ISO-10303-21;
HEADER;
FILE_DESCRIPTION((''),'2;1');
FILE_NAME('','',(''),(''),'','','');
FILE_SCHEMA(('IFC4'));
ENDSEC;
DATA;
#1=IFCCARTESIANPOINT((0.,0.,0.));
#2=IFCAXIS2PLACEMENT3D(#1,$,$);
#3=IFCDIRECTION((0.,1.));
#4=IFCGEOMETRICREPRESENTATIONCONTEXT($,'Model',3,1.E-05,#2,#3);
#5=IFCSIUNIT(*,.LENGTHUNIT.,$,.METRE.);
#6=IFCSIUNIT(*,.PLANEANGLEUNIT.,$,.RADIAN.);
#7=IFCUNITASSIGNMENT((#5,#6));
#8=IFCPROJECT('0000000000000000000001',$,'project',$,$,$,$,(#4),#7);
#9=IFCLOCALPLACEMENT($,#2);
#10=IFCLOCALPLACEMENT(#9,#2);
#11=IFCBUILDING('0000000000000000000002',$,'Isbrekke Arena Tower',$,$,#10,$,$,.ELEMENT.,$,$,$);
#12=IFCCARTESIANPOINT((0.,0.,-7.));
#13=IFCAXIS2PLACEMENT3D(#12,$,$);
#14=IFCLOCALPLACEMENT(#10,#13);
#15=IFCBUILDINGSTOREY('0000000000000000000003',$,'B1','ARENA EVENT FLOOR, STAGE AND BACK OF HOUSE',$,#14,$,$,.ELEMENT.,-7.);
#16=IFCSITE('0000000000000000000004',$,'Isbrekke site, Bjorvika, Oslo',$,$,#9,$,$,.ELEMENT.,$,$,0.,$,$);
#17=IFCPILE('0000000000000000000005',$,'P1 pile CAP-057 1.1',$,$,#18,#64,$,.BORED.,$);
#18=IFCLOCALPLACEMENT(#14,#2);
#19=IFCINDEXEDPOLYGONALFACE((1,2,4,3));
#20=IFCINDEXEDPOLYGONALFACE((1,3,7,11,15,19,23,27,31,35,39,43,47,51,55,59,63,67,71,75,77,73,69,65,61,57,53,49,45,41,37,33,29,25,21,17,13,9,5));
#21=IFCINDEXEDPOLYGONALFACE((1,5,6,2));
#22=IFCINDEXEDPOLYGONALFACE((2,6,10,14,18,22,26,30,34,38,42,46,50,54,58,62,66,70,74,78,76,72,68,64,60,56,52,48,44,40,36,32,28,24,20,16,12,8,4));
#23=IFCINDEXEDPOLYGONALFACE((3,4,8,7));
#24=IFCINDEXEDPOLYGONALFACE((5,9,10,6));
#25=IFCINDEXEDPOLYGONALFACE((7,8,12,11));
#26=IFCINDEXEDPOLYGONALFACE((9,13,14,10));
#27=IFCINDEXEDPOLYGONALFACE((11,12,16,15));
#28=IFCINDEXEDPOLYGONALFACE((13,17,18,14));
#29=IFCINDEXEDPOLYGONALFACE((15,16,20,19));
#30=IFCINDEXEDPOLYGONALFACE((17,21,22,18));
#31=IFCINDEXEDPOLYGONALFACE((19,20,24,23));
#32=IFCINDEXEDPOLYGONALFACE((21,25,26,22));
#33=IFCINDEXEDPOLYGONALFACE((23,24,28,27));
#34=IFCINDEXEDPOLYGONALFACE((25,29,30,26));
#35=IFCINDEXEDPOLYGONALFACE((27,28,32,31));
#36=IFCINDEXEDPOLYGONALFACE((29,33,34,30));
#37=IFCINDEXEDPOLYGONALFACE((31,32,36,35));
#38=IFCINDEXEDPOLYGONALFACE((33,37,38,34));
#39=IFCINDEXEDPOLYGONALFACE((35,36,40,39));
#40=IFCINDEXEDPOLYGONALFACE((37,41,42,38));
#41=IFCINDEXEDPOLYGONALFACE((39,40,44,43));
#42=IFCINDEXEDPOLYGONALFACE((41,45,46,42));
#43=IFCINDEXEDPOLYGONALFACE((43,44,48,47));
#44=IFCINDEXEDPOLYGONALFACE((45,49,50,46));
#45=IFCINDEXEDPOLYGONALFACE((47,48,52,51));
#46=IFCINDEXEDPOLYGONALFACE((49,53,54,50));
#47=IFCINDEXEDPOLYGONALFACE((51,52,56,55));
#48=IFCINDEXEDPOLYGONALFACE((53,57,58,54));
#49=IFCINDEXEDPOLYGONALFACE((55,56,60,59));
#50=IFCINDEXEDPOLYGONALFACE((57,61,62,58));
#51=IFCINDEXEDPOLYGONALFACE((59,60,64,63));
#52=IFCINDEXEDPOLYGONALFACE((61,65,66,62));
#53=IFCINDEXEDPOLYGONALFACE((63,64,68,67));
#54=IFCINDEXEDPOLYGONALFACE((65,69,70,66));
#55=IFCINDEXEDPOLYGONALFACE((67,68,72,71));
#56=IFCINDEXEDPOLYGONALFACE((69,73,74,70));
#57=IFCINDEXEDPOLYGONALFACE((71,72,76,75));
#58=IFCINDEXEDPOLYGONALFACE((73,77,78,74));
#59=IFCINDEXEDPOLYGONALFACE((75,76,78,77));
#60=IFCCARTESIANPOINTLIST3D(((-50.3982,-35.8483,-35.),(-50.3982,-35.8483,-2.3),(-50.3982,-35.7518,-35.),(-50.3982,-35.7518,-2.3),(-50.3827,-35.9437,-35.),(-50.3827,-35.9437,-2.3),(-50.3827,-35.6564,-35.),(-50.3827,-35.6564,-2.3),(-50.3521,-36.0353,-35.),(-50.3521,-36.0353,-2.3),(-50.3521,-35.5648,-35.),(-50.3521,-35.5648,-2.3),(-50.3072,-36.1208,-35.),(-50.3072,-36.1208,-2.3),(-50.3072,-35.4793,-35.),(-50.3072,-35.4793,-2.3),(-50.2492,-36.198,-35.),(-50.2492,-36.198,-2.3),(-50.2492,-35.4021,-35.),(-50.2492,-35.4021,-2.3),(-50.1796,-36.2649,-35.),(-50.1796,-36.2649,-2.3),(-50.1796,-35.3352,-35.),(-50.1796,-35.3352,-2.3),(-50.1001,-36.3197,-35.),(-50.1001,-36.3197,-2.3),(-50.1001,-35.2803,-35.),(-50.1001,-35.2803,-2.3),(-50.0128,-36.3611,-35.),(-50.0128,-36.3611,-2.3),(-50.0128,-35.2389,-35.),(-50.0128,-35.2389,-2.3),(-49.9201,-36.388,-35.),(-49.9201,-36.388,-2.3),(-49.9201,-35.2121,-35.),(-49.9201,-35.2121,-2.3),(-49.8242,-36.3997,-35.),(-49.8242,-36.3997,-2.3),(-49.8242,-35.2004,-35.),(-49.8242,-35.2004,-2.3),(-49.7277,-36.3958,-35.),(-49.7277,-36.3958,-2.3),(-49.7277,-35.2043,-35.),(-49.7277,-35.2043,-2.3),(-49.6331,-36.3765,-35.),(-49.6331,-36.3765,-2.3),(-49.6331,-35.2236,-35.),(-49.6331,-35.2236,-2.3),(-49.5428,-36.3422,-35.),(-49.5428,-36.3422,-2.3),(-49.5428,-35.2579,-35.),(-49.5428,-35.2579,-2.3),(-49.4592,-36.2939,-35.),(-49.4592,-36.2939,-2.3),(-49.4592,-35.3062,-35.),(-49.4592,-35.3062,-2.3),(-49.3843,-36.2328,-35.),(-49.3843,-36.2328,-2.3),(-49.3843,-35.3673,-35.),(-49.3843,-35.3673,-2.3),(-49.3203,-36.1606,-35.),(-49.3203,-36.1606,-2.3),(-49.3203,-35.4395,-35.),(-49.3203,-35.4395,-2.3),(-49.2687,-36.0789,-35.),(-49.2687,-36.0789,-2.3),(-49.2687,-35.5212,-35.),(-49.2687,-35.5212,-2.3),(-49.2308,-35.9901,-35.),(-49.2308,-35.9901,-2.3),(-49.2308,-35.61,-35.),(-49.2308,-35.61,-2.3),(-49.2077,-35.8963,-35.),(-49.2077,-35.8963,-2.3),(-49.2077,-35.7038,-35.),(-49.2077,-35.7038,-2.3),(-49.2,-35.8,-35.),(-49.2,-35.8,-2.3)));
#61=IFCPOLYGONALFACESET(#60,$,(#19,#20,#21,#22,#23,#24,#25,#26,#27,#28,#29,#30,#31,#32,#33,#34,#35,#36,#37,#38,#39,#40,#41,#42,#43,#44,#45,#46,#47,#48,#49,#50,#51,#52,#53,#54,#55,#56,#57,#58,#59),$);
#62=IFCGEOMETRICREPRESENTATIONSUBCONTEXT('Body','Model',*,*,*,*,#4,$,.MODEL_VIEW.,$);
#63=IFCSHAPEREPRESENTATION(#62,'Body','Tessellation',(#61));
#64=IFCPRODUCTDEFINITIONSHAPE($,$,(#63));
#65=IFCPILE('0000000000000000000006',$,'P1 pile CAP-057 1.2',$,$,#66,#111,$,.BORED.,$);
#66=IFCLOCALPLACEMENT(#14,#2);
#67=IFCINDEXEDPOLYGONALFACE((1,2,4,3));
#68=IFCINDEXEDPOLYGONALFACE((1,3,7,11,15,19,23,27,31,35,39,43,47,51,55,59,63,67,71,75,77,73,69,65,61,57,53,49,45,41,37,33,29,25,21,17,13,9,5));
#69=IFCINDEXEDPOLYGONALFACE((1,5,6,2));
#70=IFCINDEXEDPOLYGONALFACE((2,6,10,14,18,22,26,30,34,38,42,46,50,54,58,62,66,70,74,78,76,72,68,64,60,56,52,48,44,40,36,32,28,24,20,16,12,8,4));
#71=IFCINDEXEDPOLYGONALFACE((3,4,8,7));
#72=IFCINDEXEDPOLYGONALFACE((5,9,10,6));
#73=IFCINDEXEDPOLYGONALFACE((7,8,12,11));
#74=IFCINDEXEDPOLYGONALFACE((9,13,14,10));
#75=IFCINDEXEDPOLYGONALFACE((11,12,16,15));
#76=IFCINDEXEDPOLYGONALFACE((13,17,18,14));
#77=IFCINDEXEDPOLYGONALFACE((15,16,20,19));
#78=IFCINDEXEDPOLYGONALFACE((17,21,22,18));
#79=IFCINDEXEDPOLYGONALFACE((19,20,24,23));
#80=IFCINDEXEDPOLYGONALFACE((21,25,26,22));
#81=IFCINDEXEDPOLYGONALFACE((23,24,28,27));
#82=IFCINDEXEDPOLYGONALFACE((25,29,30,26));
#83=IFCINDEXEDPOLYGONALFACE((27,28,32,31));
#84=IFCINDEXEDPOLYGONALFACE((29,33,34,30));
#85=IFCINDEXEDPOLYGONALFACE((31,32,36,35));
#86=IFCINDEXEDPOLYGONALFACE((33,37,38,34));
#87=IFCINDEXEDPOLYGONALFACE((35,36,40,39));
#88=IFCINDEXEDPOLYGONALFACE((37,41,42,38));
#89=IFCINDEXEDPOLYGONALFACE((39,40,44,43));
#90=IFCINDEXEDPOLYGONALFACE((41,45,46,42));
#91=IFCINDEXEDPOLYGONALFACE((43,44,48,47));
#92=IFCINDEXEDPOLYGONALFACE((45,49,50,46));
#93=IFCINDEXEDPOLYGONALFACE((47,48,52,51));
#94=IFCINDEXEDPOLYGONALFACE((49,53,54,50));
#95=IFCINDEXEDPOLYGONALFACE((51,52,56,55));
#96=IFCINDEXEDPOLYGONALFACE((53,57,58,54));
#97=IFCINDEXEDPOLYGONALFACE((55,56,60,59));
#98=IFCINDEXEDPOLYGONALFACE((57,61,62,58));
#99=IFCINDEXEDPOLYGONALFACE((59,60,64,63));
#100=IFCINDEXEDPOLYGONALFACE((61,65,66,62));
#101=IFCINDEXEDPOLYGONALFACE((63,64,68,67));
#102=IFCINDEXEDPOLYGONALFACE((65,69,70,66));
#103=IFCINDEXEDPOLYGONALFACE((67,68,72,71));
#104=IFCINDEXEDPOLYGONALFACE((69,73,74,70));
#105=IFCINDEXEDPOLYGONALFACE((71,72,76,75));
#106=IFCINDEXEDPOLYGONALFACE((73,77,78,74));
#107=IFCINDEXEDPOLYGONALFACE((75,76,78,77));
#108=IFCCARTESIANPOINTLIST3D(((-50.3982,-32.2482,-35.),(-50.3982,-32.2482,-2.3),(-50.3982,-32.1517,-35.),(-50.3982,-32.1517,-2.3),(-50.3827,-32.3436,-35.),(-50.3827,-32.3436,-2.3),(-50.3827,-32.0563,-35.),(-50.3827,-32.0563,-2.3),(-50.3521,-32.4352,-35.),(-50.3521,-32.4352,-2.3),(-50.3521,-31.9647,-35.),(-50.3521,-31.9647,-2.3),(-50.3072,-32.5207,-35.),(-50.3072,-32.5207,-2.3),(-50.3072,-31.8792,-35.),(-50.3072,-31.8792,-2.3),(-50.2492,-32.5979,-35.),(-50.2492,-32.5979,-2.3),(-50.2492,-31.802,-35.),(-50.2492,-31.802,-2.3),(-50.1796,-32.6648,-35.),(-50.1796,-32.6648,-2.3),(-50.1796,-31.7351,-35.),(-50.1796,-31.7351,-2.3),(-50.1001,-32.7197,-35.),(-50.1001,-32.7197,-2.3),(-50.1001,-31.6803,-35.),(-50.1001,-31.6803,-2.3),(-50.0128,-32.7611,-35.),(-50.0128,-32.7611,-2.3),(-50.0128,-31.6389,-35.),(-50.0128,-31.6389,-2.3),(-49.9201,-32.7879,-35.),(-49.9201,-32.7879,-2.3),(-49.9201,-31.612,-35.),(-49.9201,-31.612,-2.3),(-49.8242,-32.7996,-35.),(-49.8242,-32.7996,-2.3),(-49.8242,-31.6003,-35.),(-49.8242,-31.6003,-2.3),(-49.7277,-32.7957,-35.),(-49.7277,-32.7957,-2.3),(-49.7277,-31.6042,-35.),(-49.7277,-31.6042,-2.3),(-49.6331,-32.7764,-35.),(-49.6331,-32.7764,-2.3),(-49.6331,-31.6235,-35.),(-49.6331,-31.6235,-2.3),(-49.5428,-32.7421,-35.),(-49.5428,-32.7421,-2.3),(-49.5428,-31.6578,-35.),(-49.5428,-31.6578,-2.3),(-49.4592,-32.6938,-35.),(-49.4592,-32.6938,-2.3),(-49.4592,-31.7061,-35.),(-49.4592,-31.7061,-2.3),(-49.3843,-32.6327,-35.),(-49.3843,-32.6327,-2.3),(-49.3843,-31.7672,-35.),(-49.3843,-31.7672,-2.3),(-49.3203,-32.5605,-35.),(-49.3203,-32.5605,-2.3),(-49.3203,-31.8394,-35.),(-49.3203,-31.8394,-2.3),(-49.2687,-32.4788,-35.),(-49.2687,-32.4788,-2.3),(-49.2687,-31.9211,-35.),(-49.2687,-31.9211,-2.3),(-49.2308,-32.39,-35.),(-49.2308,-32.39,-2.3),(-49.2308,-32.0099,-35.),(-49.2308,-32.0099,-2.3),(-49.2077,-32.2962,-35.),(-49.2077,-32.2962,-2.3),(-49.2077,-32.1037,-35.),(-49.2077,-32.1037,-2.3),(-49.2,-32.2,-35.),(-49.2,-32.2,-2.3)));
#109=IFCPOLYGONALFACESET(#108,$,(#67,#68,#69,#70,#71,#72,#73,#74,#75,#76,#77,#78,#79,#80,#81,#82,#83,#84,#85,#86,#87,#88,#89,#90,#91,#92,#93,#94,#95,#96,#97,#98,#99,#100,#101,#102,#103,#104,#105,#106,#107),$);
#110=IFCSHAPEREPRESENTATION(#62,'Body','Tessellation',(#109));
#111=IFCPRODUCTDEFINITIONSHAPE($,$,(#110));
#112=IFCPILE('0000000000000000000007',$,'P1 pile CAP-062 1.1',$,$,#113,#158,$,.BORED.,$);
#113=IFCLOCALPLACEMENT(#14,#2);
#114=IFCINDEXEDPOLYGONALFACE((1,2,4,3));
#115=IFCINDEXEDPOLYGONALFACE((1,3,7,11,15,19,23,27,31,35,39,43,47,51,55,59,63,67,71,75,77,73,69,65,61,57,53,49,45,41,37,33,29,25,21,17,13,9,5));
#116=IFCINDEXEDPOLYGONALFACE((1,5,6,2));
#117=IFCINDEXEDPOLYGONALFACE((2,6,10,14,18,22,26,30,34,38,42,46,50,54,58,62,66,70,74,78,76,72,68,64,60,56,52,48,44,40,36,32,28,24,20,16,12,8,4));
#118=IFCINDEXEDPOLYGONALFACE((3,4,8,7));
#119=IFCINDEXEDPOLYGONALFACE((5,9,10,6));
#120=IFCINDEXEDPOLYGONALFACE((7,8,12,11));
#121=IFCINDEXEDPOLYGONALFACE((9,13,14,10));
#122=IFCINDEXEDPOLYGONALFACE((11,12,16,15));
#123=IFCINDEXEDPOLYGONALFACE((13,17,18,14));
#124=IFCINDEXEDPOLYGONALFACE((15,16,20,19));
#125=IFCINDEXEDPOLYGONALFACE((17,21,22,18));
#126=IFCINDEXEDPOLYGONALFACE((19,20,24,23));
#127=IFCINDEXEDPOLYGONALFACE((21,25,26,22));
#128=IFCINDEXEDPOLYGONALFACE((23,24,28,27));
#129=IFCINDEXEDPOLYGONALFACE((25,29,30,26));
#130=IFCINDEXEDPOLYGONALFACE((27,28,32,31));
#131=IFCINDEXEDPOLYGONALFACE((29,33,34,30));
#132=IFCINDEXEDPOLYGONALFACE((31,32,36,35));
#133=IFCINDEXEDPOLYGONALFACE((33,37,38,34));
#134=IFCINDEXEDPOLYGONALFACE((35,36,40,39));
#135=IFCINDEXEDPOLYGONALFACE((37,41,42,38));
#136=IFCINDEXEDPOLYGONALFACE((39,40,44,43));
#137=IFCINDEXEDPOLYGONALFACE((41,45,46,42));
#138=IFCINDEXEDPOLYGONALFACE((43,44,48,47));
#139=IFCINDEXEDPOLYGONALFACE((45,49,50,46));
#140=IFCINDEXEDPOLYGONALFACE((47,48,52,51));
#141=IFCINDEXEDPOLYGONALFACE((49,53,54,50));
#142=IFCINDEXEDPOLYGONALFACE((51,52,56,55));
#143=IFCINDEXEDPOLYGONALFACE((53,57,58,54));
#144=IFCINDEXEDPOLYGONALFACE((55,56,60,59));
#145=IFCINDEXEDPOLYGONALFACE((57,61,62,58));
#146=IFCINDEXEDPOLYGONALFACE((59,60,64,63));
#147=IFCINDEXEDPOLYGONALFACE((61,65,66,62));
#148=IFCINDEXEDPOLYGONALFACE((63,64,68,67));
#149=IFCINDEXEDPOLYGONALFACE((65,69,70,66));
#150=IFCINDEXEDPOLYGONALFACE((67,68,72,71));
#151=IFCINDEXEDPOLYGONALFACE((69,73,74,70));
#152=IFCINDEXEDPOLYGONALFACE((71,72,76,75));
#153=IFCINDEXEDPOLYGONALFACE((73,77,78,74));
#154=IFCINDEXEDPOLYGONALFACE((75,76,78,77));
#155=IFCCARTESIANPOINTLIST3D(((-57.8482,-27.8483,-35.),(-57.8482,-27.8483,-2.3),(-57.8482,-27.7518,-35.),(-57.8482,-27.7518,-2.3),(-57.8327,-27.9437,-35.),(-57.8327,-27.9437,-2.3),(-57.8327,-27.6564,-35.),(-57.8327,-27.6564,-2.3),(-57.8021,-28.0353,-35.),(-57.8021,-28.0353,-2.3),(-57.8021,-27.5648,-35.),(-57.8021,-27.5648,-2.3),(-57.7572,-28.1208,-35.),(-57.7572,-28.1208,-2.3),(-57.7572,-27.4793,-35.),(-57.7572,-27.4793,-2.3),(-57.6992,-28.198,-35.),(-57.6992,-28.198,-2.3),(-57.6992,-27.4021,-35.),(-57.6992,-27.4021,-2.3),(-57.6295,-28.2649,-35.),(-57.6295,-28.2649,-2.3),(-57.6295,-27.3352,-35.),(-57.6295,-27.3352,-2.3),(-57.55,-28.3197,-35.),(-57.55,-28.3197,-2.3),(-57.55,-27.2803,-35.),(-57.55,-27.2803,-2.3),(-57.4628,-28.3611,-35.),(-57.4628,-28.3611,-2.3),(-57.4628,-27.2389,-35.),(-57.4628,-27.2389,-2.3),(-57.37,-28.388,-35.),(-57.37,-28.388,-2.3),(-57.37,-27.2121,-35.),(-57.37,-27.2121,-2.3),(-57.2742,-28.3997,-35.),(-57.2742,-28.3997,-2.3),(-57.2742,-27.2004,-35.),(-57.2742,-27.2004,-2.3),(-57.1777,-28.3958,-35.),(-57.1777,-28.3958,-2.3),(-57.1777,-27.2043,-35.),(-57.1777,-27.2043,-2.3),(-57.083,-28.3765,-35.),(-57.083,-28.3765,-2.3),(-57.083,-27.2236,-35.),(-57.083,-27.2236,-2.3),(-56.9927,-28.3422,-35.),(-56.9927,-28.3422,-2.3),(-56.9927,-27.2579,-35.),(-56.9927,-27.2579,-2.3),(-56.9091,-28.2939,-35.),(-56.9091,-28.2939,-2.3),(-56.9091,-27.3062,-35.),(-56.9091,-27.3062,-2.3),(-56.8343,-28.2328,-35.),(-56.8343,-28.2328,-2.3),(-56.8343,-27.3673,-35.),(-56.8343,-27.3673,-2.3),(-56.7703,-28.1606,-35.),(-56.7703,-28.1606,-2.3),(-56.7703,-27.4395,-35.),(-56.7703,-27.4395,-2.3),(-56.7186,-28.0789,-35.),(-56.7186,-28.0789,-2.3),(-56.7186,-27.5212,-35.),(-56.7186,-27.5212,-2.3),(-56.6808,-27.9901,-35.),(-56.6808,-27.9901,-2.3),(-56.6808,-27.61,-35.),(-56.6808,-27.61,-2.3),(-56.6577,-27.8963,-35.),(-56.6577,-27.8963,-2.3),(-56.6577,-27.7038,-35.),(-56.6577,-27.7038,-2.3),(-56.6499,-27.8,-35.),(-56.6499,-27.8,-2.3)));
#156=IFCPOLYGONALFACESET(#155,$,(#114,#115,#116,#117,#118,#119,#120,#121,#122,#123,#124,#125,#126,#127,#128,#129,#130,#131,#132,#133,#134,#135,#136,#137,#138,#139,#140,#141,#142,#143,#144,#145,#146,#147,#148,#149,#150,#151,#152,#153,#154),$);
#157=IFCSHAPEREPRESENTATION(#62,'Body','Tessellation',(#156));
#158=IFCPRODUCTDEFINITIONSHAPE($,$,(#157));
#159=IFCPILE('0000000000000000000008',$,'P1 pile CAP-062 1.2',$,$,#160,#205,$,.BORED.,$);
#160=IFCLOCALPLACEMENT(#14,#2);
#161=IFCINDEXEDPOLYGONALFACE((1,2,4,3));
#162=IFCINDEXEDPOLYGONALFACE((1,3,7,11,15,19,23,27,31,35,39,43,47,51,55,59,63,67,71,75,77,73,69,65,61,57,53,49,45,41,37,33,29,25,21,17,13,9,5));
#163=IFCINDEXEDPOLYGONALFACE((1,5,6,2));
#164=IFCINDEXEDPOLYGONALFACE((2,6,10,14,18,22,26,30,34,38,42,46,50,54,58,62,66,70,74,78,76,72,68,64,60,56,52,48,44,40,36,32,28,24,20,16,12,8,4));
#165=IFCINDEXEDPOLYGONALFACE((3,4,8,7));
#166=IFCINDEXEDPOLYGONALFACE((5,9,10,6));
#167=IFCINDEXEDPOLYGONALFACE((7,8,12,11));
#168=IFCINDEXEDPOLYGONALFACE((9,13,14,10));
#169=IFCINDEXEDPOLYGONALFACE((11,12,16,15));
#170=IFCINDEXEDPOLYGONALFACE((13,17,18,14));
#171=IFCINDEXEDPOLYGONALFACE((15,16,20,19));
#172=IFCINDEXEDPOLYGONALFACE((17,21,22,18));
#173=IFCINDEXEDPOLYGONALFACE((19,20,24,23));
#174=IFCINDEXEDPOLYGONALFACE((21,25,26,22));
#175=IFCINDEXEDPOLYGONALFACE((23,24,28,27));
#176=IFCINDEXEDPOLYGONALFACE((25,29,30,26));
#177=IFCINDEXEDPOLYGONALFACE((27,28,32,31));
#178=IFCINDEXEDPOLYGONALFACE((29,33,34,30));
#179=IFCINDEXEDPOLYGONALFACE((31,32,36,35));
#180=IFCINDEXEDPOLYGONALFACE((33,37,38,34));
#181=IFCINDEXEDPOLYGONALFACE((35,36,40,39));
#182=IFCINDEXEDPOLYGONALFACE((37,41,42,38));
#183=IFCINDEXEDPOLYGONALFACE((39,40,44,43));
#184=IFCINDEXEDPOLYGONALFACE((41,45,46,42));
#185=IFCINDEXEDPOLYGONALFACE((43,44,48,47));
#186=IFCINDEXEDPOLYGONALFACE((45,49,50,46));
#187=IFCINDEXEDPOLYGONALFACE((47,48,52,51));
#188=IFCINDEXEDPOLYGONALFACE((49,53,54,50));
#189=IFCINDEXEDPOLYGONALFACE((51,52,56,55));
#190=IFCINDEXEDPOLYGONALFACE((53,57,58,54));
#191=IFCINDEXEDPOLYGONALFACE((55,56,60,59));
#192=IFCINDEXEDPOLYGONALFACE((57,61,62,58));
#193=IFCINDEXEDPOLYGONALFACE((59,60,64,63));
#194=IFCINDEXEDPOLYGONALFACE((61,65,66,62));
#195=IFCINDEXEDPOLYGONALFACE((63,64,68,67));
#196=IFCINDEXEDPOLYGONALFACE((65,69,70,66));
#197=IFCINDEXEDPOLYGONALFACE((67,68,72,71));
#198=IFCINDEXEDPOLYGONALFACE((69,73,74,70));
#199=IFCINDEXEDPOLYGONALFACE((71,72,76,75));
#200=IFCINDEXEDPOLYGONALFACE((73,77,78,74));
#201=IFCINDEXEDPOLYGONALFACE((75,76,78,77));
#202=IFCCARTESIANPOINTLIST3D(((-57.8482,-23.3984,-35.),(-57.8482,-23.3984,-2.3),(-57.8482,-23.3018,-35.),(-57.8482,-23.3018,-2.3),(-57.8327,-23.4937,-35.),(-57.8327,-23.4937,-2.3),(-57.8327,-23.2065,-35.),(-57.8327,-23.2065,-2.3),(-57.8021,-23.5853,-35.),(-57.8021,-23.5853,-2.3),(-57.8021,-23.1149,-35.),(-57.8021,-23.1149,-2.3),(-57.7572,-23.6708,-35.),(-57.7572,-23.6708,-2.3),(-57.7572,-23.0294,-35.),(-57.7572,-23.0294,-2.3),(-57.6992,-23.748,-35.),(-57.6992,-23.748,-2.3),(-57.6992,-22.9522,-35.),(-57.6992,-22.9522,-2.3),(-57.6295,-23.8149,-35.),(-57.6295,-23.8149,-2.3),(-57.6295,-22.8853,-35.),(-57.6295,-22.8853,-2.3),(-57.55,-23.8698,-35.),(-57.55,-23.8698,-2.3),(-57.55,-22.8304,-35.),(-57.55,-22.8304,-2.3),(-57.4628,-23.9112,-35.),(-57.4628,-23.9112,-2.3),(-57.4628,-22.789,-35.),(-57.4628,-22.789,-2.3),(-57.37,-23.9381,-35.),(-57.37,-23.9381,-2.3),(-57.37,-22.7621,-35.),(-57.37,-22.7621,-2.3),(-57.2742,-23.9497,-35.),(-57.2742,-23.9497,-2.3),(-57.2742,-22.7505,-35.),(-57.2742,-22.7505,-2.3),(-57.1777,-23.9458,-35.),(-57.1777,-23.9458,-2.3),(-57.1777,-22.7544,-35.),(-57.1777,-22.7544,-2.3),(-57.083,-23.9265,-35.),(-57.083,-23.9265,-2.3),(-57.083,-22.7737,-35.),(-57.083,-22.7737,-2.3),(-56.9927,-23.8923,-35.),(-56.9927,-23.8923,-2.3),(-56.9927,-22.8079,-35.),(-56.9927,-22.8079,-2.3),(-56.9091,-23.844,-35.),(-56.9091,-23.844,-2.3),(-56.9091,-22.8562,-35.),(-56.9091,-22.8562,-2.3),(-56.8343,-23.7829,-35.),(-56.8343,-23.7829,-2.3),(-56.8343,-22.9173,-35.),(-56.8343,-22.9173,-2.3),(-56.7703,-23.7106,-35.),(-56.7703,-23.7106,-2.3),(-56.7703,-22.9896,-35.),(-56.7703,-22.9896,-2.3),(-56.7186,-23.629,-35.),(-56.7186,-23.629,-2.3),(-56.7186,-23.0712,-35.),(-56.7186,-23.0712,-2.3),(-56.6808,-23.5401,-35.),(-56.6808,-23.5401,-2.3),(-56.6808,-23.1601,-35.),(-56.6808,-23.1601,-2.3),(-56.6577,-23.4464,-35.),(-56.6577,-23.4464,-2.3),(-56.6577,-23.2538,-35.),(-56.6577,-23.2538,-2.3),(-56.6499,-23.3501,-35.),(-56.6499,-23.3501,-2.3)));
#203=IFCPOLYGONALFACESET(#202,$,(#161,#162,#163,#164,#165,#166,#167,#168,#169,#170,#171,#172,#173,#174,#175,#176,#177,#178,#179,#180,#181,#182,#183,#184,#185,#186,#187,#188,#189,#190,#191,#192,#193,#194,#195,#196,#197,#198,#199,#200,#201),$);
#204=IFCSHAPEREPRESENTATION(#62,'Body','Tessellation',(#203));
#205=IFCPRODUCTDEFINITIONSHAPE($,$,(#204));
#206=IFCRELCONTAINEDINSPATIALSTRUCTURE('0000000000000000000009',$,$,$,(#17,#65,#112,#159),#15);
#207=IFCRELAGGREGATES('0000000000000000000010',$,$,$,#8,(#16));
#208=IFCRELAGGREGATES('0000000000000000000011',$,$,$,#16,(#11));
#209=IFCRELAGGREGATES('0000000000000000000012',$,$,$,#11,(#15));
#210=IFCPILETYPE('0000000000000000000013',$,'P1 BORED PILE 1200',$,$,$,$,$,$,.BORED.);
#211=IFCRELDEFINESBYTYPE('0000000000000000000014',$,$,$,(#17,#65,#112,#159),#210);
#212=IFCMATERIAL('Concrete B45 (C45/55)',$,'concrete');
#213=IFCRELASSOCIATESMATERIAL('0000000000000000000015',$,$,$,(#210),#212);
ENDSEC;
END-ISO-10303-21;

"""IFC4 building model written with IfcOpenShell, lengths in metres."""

from ifc_helpers import new_model, si_unit, direction, frame, origin, origin_2d, place, context, subcontext, project, spatial, circle, extrude, material, material_profile, profile_set, type_object, element, save


model = new_model("IFC4")

# Units and contexts
model_context = context("Model", 3, precision=1e-05, world=origin(), true_north=direction((0.0, 1.0)))
body_context = subcontext(model_context, "Body", "Model", "MODEL_VIEW")
ifc_project = project(units=[si_unit("LENGTHUNIT", "METRE"), si_unit("PLANEANGLEUNIT", "RADIAN")], contexts=[model_context])

# Site, building, storey
site_placement = place(None, origin())
site = spatial("IfcSite", under=ifc_project, at=site_placement, Name="Isbrekke site, Bjorvika, Oslo", CompositionType="ELEMENT", RefElevation=0.0)
building_placement = place(site_placement, origin())
building = spatial("IfcBuilding", under=site, at=building_placement, Name="Isbrekke Arena Tower", CompositionType="ELEMENT")
storey_placement = place(building_placement, frame((0.0, 0.0, -7.0)))
storey = spatial("IfcBuildingStorey", under=building, at=storey_placement, Name="B1", Description="ARENA EVENT FLOOR, STAGE AND BACK OF HOUSE", CompositionType="ELEMENT", Elevation=-7.0)

# Piles
ifc_material_1 = material(Name="Concrete B45 (C45/55)", Category="concrete")
ifc_material_profile_1 = material_profile(ifc_material_1, circle(Radius=0.6001, at=origin_2d()), Name="BORED PILE D1200")
ifc_profile_set_1 = profile_set([ifc_material_profile_1], Name="Concrete B45 (C45/55)")
pile_type = type_object("IfcPileType", Name="P1 BORED PILE 1200", PredefinedType="BORED", material=ifc_profile_set_1)
for number, where, z_axis, x_axis, name in (
    (1, (-49.8, -35.8, -2.3), (0.0, 0.0, -1.0), (1.0, 0.0, 0.0), "P1 pile CAP-057 1.1"),
    (2, (-49.8, -32.2, -2.3), (0.0, 0.0, -1.0), (1.0, 0.0, 0.0), "P1 pile CAP-057 1.2"),
    (3, (-57.25, -27.8, -2.3), (0.0, 0.0, -1.0), (1.0, 0.0, 0.0), "P1 pile CAP-062 1.1"),
    (4, (-57.25, -23.3501, -2.3), (0.0, 0.0, -1.0), (1.0, 0.0, 0.0), "P1 pile CAP-062 1.2"),
):
    element("IfcPile", number, at=place(storey_placement, frame(where, z_axis=z_axis, x_axis=x_axis)), inside=storey, type_object=pile_type, Name=name, PredefinedType="BORED", context=body_context, shape_type="SweptSolid", body=[
        extrude(circle(Radius=0.6001, at=origin_2d()), origin(), (0.0, 0.0, 1.0), 32.7),
    ])

save(model, "model.ifc")
